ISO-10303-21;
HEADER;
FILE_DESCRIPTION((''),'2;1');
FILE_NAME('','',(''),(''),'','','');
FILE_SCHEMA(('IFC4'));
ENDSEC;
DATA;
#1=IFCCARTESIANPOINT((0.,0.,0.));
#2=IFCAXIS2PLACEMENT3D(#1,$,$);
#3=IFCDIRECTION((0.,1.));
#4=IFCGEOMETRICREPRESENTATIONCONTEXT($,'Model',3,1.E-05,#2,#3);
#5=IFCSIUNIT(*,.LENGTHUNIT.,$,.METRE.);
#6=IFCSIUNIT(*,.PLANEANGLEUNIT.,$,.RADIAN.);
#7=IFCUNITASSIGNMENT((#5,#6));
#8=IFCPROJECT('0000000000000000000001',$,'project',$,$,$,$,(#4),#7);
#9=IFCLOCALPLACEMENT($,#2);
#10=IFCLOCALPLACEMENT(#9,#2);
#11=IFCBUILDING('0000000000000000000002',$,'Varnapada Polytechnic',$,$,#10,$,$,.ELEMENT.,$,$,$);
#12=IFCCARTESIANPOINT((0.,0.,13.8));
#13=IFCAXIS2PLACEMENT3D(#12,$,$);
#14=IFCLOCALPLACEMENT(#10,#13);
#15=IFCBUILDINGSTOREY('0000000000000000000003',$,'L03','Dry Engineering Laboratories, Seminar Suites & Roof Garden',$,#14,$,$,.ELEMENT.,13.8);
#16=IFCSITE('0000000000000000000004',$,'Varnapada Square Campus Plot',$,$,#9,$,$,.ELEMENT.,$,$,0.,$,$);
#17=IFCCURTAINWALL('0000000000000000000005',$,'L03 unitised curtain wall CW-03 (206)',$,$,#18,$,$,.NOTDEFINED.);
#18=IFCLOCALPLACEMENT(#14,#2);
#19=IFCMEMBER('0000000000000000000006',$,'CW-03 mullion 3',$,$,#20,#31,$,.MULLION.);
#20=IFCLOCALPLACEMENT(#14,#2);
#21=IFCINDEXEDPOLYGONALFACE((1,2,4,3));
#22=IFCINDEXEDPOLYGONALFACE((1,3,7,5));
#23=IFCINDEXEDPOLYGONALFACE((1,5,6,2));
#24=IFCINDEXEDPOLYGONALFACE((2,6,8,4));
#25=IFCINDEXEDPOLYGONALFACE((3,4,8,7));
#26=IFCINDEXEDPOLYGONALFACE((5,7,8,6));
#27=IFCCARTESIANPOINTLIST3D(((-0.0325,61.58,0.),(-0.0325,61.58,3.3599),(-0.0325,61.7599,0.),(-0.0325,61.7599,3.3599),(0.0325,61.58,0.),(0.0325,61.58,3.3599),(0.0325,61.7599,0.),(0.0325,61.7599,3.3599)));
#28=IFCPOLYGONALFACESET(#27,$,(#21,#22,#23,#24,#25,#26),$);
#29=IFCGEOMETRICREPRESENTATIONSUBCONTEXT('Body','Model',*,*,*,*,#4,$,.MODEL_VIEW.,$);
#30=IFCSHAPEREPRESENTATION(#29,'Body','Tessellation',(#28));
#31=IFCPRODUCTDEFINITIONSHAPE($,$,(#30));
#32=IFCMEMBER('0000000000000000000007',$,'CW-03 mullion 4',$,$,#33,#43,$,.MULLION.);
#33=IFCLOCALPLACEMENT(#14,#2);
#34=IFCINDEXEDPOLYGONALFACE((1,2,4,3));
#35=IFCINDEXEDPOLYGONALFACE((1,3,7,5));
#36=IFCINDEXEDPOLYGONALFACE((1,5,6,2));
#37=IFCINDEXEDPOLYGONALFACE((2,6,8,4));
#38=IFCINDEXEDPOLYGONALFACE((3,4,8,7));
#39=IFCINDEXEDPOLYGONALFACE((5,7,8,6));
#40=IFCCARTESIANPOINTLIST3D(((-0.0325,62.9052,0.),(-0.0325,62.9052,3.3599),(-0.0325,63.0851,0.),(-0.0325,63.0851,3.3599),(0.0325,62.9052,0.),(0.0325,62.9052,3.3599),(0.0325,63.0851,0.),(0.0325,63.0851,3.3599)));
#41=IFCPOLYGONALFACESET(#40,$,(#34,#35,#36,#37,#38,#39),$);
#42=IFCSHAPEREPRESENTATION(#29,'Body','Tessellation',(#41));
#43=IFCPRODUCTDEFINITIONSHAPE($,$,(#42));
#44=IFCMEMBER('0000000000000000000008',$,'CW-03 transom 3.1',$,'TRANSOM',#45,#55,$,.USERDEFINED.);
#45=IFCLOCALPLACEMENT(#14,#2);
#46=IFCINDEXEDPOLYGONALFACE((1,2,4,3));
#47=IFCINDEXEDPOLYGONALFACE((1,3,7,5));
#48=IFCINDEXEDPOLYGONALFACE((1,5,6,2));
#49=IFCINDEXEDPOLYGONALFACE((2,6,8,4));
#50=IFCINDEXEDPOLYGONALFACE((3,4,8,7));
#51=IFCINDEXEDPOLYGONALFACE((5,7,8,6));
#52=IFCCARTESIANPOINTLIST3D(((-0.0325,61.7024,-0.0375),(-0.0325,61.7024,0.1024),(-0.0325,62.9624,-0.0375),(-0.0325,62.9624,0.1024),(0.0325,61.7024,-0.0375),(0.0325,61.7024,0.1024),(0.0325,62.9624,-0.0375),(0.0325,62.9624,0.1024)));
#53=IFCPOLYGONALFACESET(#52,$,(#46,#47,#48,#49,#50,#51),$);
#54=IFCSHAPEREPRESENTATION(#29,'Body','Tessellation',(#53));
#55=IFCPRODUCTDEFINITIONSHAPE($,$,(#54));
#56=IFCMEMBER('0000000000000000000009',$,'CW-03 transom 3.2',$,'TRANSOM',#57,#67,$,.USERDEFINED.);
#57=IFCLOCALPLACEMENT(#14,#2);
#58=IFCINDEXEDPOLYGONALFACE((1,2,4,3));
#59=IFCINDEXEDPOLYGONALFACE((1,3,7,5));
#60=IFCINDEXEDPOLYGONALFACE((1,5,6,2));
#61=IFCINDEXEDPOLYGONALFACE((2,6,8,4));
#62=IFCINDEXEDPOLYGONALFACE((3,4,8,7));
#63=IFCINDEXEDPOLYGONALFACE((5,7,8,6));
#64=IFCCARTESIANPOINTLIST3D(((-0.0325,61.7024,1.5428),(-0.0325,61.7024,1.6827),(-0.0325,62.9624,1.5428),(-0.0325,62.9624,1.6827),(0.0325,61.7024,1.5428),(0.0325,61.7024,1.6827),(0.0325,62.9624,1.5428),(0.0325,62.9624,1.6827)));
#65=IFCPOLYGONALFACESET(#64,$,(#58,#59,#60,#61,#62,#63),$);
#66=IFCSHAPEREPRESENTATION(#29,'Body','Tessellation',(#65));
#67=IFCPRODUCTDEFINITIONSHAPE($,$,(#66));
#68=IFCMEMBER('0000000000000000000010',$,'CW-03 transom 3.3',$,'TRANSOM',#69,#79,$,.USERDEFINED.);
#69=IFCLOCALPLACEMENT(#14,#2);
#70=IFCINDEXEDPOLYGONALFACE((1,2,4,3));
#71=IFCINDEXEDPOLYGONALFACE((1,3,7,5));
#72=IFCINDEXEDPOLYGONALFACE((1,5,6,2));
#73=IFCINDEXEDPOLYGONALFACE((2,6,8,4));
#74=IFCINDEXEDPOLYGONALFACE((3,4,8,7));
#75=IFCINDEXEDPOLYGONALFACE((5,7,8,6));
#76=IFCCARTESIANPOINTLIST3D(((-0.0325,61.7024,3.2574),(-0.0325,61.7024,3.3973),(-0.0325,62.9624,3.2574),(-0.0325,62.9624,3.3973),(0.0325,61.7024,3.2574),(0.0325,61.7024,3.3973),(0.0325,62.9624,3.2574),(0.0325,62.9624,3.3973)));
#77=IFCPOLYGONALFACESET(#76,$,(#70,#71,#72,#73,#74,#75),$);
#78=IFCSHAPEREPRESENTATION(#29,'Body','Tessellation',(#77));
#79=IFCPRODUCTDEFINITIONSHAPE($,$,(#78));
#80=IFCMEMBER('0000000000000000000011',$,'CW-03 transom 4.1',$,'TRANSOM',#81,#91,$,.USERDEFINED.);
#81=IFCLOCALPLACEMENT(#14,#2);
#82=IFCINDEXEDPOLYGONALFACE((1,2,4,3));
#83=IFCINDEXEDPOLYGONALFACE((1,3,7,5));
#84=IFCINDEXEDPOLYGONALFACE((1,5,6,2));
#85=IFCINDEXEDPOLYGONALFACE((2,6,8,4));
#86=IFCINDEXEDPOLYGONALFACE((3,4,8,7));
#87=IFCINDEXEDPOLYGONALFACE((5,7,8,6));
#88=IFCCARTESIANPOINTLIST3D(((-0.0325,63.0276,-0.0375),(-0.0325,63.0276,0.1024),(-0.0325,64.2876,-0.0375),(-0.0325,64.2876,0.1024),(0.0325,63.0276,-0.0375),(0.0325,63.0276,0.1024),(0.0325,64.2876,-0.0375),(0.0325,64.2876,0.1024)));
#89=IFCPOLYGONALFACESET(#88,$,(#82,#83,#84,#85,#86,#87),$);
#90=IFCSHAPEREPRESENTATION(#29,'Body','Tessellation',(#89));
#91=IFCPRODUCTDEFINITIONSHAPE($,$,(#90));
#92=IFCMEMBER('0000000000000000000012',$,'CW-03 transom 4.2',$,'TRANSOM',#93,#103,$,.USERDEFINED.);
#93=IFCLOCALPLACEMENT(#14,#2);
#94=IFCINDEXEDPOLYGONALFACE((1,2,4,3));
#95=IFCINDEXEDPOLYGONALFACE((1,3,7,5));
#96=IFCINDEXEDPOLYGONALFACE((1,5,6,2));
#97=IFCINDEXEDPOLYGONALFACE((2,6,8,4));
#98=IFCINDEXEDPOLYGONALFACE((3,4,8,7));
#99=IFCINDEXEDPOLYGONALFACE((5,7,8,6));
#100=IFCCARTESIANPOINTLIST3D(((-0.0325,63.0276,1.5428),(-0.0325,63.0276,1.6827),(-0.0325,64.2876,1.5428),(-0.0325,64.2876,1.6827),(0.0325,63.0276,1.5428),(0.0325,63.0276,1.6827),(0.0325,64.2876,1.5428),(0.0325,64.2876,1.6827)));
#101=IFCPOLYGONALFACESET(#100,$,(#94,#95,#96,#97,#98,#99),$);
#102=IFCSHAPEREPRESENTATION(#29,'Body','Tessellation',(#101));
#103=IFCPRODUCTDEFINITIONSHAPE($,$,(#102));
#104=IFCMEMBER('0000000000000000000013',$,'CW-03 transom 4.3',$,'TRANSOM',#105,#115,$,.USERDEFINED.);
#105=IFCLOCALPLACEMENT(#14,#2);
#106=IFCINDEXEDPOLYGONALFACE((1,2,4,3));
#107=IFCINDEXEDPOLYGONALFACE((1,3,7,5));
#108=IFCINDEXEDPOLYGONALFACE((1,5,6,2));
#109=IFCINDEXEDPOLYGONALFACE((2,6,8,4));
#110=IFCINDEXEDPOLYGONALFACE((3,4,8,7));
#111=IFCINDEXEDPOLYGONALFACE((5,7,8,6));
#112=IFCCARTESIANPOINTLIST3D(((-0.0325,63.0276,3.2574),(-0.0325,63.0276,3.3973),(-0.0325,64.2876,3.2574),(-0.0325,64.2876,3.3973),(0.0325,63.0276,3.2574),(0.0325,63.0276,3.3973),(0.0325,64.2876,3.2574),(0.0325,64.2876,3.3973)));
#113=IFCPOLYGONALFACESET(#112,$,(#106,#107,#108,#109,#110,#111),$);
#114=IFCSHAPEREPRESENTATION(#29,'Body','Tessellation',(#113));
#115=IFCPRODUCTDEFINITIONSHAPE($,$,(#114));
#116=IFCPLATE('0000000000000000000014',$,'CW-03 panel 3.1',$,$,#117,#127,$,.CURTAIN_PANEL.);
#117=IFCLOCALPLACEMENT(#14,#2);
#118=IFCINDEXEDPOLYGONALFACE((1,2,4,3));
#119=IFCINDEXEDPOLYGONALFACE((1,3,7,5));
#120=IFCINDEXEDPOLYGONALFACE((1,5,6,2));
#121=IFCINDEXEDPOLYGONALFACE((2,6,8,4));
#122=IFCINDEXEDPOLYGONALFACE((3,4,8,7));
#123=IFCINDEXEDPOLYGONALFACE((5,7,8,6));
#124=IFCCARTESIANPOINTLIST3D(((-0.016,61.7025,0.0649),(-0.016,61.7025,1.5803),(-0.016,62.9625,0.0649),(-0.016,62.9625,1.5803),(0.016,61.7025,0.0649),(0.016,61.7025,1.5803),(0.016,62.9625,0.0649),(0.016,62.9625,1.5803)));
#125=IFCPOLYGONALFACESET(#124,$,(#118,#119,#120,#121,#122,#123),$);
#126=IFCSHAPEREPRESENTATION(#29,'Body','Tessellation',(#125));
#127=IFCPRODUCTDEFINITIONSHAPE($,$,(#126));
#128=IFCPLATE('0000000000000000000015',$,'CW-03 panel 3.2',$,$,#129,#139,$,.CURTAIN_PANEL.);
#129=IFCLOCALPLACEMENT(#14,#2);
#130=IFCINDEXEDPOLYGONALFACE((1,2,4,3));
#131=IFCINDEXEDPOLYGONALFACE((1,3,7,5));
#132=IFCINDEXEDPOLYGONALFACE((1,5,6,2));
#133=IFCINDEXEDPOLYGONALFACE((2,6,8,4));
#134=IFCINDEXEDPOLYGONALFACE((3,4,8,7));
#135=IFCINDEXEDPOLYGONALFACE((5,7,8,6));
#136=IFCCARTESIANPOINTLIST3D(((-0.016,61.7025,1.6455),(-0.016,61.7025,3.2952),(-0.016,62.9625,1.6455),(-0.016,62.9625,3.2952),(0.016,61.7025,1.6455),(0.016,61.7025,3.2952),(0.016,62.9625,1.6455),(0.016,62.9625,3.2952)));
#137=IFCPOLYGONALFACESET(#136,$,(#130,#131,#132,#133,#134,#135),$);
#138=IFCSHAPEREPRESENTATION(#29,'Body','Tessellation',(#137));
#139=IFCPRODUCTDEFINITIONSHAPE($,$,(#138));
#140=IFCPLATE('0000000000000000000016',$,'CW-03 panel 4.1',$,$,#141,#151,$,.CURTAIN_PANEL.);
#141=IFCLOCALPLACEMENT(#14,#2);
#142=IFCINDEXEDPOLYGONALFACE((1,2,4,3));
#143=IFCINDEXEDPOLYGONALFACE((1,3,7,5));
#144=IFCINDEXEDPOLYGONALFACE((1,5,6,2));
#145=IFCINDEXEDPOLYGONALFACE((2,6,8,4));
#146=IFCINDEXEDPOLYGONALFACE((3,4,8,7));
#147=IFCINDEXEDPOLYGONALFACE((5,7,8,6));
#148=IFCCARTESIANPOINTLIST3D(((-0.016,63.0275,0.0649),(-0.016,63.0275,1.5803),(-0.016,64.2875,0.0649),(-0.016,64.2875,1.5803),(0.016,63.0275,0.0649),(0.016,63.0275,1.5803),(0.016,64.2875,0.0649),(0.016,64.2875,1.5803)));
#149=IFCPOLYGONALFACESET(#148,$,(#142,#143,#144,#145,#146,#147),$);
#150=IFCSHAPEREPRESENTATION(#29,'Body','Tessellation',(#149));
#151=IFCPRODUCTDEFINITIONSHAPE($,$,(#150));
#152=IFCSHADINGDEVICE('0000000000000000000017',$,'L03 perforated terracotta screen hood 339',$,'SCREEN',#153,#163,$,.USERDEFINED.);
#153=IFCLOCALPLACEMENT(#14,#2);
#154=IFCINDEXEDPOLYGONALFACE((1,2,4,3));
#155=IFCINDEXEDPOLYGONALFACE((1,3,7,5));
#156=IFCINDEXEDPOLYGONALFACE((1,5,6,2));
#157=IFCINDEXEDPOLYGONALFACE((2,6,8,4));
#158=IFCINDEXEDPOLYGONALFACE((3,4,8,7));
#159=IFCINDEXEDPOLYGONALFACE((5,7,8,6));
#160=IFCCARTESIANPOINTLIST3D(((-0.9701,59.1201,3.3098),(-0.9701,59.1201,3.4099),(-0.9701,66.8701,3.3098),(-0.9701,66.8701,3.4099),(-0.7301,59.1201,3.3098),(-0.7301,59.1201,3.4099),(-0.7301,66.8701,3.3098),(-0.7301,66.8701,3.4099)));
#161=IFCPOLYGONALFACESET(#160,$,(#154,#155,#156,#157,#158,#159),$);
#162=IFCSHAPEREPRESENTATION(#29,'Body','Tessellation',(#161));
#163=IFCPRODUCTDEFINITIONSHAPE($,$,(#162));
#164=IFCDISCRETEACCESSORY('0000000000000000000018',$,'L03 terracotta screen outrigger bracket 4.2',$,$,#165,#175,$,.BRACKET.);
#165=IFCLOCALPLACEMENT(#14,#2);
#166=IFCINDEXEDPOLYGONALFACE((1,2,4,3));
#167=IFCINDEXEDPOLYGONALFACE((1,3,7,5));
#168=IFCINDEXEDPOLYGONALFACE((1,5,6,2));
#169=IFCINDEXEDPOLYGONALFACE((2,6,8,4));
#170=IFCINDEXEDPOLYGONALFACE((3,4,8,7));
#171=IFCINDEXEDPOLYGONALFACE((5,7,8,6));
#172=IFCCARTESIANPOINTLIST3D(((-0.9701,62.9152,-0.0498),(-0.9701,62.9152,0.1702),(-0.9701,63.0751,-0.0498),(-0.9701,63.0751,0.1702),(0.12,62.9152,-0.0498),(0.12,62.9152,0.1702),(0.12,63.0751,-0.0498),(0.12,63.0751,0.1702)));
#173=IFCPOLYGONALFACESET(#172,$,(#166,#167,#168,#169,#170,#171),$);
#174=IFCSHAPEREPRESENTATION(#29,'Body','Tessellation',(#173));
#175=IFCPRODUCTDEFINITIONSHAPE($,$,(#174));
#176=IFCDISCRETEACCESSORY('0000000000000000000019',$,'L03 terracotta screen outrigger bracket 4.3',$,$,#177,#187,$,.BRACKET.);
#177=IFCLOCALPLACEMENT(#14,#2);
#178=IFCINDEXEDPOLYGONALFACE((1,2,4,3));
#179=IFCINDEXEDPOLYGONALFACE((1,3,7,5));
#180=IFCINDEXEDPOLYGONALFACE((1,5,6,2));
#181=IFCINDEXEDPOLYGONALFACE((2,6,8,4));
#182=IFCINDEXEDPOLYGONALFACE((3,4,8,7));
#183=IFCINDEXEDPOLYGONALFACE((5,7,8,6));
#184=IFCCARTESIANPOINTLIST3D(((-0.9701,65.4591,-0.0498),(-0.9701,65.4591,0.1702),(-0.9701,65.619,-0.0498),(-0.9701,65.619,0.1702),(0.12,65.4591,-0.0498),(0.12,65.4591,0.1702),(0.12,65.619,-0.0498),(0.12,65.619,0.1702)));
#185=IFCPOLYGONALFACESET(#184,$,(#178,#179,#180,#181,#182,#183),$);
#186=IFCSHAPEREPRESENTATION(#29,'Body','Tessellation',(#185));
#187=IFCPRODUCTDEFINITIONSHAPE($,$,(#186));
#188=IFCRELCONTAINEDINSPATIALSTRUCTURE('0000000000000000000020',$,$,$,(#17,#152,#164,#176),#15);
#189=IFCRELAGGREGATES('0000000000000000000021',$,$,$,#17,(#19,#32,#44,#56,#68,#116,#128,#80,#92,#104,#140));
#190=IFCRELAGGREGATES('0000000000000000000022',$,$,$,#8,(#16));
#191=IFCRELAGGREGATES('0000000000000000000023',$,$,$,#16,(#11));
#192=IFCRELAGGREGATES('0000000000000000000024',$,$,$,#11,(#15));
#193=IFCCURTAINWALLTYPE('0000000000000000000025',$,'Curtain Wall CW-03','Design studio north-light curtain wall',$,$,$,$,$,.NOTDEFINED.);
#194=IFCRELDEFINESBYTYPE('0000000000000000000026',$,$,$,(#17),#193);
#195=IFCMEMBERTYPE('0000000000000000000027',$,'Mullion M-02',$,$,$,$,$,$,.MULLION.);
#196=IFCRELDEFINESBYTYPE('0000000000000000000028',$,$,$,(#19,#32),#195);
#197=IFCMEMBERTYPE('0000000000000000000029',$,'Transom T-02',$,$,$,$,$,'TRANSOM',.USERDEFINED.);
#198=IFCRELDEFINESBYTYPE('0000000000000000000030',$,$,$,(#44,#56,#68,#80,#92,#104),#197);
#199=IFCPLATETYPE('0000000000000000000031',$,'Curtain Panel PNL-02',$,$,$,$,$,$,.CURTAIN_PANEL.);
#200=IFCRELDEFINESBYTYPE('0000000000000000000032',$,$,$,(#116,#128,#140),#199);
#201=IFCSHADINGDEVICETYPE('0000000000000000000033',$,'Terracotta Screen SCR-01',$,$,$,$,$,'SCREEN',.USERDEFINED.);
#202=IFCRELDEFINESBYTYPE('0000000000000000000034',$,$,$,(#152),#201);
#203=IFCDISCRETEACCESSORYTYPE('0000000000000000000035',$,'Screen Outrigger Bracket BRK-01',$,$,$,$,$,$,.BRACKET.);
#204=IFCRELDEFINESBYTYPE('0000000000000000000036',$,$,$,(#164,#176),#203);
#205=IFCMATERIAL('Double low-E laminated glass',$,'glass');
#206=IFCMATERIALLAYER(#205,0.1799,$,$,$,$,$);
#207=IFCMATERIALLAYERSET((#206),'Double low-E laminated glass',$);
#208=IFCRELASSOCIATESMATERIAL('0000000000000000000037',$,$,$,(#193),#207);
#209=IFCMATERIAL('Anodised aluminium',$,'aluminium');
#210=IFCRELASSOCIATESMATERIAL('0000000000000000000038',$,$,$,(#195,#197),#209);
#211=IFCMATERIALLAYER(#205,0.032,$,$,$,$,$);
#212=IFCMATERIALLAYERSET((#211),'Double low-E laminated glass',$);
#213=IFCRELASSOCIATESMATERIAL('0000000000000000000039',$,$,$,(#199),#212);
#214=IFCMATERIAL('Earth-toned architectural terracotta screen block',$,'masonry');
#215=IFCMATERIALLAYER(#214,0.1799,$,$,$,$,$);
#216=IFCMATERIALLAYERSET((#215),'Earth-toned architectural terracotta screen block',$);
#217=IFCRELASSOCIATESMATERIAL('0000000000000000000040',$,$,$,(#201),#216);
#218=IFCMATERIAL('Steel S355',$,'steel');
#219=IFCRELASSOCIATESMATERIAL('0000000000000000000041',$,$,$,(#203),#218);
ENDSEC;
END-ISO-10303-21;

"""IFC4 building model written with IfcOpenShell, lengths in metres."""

from ifc_helpers import new_model, si_unit, direction, frame, origin, origin_2d, place, context, subcontext, project, spatial, rectangle, extrude, material, layer, layer_set, material_profile, profile_set, type_object, element, aggregate, save


model = new_model("IFC4")

# Units and contexts
model_context = context("Model", 3, precision=1e-05, world=origin(), true_north=direction((0.0, 1.0)))
body_context = subcontext(model_context, "Body", "Model", "MODEL_VIEW")
ifc_project = project(units=[si_unit("LENGTHUNIT", "METRE"), si_unit("PLANEANGLEUNIT", "RADIAN")], contexts=[model_context])

# Site, building, storey
site_placement = place(None, origin())
site = spatial("IfcSite", under=ifc_project, at=site_placement, Name="Varnapada Square Campus Plot", CompositionType="ELEMENT", RefElevation=0.0)
building_placement = place(site_placement, origin())
building = spatial("IfcBuilding", under=site, at=building_placement, Name="Varnapada Polytechnic", CompositionType="ELEMENT")
storey_placement = place(building_placement, frame((0.0, 0.0, 13.8)))
storey = spatial("IfcBuildingStorey", under=building, at=storey_placement, Name="L03", Description="Dry Engineering Laboratories, Seminar Suites & Roof Garden", CompositionType="ELEMENT", Elevation=13.8)

# Curtain wall, members, plates
ifc_material_1 = material(Name="Double low-E laminated glass", Category="glass")
ifc_layer_1 = layer(ifc_material_1, 0.1799)
ifc_layer_set_1 = layer_set([ifc_layer_1], Name="Double low-E laminated glass")
curtain_wall_type = type_object("IfcCurtainWallType", Name="Curtain Wall CW-03", Description="Design studio north-light curtain wall", PredefinedType="NOTDEFINED", material=ifc_layer_set_1)
curtain_wall_placement = place(storey_placement, origin())
curtain_wall = element("IfcCurtainWall", 1, at=curtain_wall_placement, inside=storey, type_object=curtain_wall_type, Name="L03 unitised curtain wall CW-03 (206)", PredefinedType="NOTDEFINED")
ifc_material_2 = material(Name="Anodised aluminium", Category="aluminium")
ifc_material_profile_1 = material_profile(ifc_material_2, rectangle(XDim=0.0649, YDim=0.1799, at=origin_2d()), Name="ALU M65x180")
ifc_profile_set_1 = profile_set([ifc_material_profile_1], Name="Anodised aluminium")
member_type_1 = type_object("IfcMemberType", Name="Mullion M-02", PredefinedType="MULLION", material=ifc_profile_set_1)
member_1_placement = place(storey_placement, frame((0.0, 61.6699, 0.0), z_axis=(0.0, 0.0, 1.0), x_axis=(-1.0, 0.0, 0.0)))
member_1 = element("IfcMember", 2, at=member_1_placement, type_object=member_type_1, Name="CW-03 mullion 3", PredefinedType="MULLION", context=body_context, shape_type="SweptSolid", body=[
    extrude(rectangle(XDim=0.0649, YDim=0.1799, at=origin_2d()), origin(), (0.0, 0.0, 1.0), 3.3599),
])
member_2_placement = place(storey_placement, frame((0.0, 62.9951, 0.0), z_axis=(0.0, 0.0, 1.0), x_axis=(-1.0, 0.0, 0.0)))
member_2 = element("IfcMember", 3, at=member_2_placement, type_object=member_type_1, Name="CW-03 mullion 4", PredefinedType="MULLION", context=body_context, shape_type="SweptSolid", body=[
    extrude(rectangle(XDim=0.0649, YDim=0.1799, at=origin_2d()), origin(), (0.0, 0.0, 1.0), 3.3599),
])
ifc_material_profile_2 = material_profile(ifc_material_2, rectangle(XDim=0.0649, YDim=0.1399, at=origin_2d()), Name="ALU T65x140")
ifc_profile_set_2 = profile_set([ifc_material_profile_2], Name="Anodised aluminium")
member_type_2 = type_object("IfcMemberType", Name="Transom T-02", ElementType="TRANSOM", PredefinedType="USERDEFINED", material=ifc_profile_set_2)
member_3_placement = place(storey_placement, frame((0.0, 61.7024, 0.0325), z_axis=(0.0, 1.0, 0.0), x_axis=(-1.0, 0.0, 0.0)))
member_3 = element("IfcMember", 4, at=member_3_placement, type_object=member_type_2, Name="CW-03 transom 3.1", ObjectType="TRANSOM", PredefinedType="USERDEFINED", context=body_context, shape_type="SweptSolid", body=[
    extrude(rectangle(XDim=0.0649, YDim=0.1399, at=origin_2d()), origin(), (0.0, 0.0, 1.0), 1.26),
])
member_4_placement = place(storey_placement, frame((0.0, 61.7024, 1.6128), z_axis=(0.0, 1.0, 0.0), x_axis=(-1.0, 0.0, 0.0)))
member_4 = element("IfcMember", 5, at=member_4_placement, type_object=member_type_2, Name="CW-03 transom 3.2", ObjectType="TRANSOM", PredefinedType="USERDEFINED", context=body_context, shape_type="SweptSolid", body=[
    extrude(rectangle(XDim=0.0649, YDim=0.1399, at=origin_2d()), origin(), (0.0, 0.0, 1.0), 1.26),
])
member_5_placement = place(storey_placement, frame((0.0, 61.7024, 3.3274), z_axis=(0.0, 1.0, 0.0), x_axis=(-1.0, 0.0, 0.0)))
member_5 = element("IfcMember", 6, at=member_5_placement, type_object=member_type_2, Name="CW-03 transom 3.3", ObjectType="TRANSOM", PredefinedType="USERDEFINED", context=body_context, shape_type="SweptSolid", body=[
    extrude(rectangle(XDim=0.0649, YDim=0.1399, at=origin_2d()), origin(), (0.0, 0.0, 1.0), 1.26),
])
member_6_placement = place(storey_placement, frame((0.0, 63.0276, 0.0325), z_axis=(0.0, 1.0, 0.0), x_axis=(-1.0, 0.0, 0.0)))
member_6 = element("IfcMember", 7, at=member_6_placement, type_object=member_type_2, Name="CW-03 transom 4.1", ObjectType="TRANSOM", PredefinedType="USERDEFINED", context=body_context, shape_type="SweptSolid", body=[
    extrude(rectangle(XDim=0.0649, YDim=0.1399, at=origin_2d()), origin(), (0.0, 0.0, 1.0), 1.26),
])
member_7_placement = place(storey_placement, frame((0.0, 63.0276, 1.6128), z_axis=(0.0, 1.0, 0.0), x_axis=(-1.0, 0.0, 0.0)))
member_7 = element("IfcMember", 8, at=member_7_placement, type_object=member_type_2, Name="CW-03 transom 4.2", ObjectType="TRANSOM", PredefinedType="USERDEFINED", context=body_context, shape_type="SweptSolid", body=[
    extrude(rectangle(XDim=0.0649, YDim=0.1399, at=origin_2d()), origin(), (0.0, 0.0, 1.0), 1.26),
])
member_8_placement = place(storey_placement, frame((0.0, 63.0276, 3.3274), z_axis=(0.0, 1.0, 0.0), x_axis=(-1.0, 0.0, 0.0)))
member_8 = element("IfcMember", 9, at=member_8_placement, type_object=member_type_2, Name="CW-03 transom 4.3", ObjectType="TRANSOM", PredefinedType="USERDEFINED", context=body_context, shape_type="SweptSolid", body=[
    extrude(rectangle(XDim=0.0649, YDim=0.1399, at=origin_2d()), origin(), (0.0, 0.0, 1.0), 1.26),
])
ifc_layer_2 = layer(ifc_material_1, 0.032)
ifc_layer_set_2 = layer_set([ifc_layer_2], Name="Double low-E laminated glass")
plate_type = type_object("IfcPlateType", Name="Curtain Panel PNL-02", PredefinedType="CURTAIN_PANEL", material=ifc_layer_set_2)
plate_1_placement = place(storey_placement, frame((0.0, 62.3325, 0.0649), z_axis=(0.0, 0.0, 1.0), x_axis=(0.0, 1.0, 0.0)))
plate_1 = element("IfcPlate", 10, at=plate_1_placement, type_object=plate_type, Name="CW-03 panel 3.1", PredefinedType="CURTAIN_PANEL", context=body_context, shape_type="SweptSolid", body=[
    extrude(rectangle(XDim=1.26, YDim=0.032, at=origin_2d()), origin(), (0.0, 0.0, 1.0), 1.5154),
])
plate_2_placement = place(storey_placement, frame((0.0, 62.3325, 1.6455), z_axis=(0.0, 0.0, 1.0), x_axis=(0.0, 1.0, 0.0)))
plate_2 = element("IfcPlate", 11, at=plate_2_placement, type_object=plate_type, Name="CW-03 panel 3.2", PredefinedType="CURTAIN_PANEL", context=body_context, shape_type="SweptSolid", body=[
    extrude(rectangle(XDim=1.26, YDim=0.032, at=origin_2d()), origin(), (0.0, 0.0, 1.0), 1.6497),
])
plate_3_placement = place(storey_placement, frame((0.0, 63.6575, 0.0649), z_axis=(0.0, 0.0, 1.0), x_axis=(0.0, 1.0, 0.0)))
plate_3 = element("IfcPlate", 12, at=plate_3_placement, type_object=plate_type, Name="CW-03 panel 4.1", PredefinedType="CURTAIN_PANEL", context=body_context, shape_type="SweptSolid", body=[
    extrude(rectangle(XDim=1.26, YDim=0.032, at=origin_2d()), origin(), (0.0, 0.0, 1.0), 1.5154),
])
aggregate(curtain_wall, [member_1, member_2, member_3, member_4, member_5, plate_1, plate_2, member_6, member_7, member_8, plate_3])

# Shading device
ifc_material_3 = material(Name="Earth-toned architectural terracotta screen block", Category="masonry")
ifc_layer_3 = layer(ifc_material_3, 0.1799)
ifc_layer_set_3 = layer_set([ifc_layer_3], Name="Earth-toned architectural terracotta screen block")
shading_device_type = type_object("IfcShadingDeviceType", Name="Terracotta Screen SCR-01", ElementType="SCREEN", PredefinedType="USERDEFINED", material=ifc_layer_set_3)
shading_device_placement = place(storey_placement, frame((-0.8501, 62.9951, 3.3098), z_axis=(0.0, 0.0, 1.0), x_axis=(0.0, 1.0, 0.0)))
element("IfcShadingDevice", 13, at=shading_device_placement, inside=storey, type_object=shading_device_type, Name="L03 perforated terracotta screen hood 339", ObjectType="SCREEN", PredefinedType="USERDEFINED", context=body_context, shape_type="SweptSolid", body=[
    extrude(rectangle(XDim=7.75, YDim=0.24, at=origin_2d()), origin(), (0.0, 0.0, 1.0), 0.1001),
])

# Discrete accessories
ifc_material_4 = material(Name="Steel S355", Category="steel")
discrete_accessory_type = type_object("IfcDiscreteAccessoryType", Name="Screen Outrigger Bracket BRK-01", PredefinedType="BRACKET", material=ifc_material_4)
for number, where, z_axis, x_axis, name in (
    (14, (-0.425, 62.9951, -0.0498), (0.0, 0.0, 1.0), (0.0, 1.0, 0.0), "L03 terracotta screen outrigger bracket 4.2"),
    (15, (-0.425, 65.5391, -0.0498), (0.0, 0.0, 1.0), (0.0, 1.0, 0.0), "L03 terracotta screen outrigger bracket 4.3"),
):
    element("IfcDiscreteAccessory", number, at=place(storey_placement, frame(where, z_axis=z_axis, x_axis=x_axis)), inside=storey, type_object=discrete_accessory_type, Name=name, PredefinedType="BRACKET", context=body_context, shape_type="SweptSolid", body=[
        extrude(rectangle(XDim=0.1599, YDim=1.0901, at=origin_2d()), origin(), (0.0, 0.0, 1.0), 0.22),
    ])

save(model, "model.ifc")
